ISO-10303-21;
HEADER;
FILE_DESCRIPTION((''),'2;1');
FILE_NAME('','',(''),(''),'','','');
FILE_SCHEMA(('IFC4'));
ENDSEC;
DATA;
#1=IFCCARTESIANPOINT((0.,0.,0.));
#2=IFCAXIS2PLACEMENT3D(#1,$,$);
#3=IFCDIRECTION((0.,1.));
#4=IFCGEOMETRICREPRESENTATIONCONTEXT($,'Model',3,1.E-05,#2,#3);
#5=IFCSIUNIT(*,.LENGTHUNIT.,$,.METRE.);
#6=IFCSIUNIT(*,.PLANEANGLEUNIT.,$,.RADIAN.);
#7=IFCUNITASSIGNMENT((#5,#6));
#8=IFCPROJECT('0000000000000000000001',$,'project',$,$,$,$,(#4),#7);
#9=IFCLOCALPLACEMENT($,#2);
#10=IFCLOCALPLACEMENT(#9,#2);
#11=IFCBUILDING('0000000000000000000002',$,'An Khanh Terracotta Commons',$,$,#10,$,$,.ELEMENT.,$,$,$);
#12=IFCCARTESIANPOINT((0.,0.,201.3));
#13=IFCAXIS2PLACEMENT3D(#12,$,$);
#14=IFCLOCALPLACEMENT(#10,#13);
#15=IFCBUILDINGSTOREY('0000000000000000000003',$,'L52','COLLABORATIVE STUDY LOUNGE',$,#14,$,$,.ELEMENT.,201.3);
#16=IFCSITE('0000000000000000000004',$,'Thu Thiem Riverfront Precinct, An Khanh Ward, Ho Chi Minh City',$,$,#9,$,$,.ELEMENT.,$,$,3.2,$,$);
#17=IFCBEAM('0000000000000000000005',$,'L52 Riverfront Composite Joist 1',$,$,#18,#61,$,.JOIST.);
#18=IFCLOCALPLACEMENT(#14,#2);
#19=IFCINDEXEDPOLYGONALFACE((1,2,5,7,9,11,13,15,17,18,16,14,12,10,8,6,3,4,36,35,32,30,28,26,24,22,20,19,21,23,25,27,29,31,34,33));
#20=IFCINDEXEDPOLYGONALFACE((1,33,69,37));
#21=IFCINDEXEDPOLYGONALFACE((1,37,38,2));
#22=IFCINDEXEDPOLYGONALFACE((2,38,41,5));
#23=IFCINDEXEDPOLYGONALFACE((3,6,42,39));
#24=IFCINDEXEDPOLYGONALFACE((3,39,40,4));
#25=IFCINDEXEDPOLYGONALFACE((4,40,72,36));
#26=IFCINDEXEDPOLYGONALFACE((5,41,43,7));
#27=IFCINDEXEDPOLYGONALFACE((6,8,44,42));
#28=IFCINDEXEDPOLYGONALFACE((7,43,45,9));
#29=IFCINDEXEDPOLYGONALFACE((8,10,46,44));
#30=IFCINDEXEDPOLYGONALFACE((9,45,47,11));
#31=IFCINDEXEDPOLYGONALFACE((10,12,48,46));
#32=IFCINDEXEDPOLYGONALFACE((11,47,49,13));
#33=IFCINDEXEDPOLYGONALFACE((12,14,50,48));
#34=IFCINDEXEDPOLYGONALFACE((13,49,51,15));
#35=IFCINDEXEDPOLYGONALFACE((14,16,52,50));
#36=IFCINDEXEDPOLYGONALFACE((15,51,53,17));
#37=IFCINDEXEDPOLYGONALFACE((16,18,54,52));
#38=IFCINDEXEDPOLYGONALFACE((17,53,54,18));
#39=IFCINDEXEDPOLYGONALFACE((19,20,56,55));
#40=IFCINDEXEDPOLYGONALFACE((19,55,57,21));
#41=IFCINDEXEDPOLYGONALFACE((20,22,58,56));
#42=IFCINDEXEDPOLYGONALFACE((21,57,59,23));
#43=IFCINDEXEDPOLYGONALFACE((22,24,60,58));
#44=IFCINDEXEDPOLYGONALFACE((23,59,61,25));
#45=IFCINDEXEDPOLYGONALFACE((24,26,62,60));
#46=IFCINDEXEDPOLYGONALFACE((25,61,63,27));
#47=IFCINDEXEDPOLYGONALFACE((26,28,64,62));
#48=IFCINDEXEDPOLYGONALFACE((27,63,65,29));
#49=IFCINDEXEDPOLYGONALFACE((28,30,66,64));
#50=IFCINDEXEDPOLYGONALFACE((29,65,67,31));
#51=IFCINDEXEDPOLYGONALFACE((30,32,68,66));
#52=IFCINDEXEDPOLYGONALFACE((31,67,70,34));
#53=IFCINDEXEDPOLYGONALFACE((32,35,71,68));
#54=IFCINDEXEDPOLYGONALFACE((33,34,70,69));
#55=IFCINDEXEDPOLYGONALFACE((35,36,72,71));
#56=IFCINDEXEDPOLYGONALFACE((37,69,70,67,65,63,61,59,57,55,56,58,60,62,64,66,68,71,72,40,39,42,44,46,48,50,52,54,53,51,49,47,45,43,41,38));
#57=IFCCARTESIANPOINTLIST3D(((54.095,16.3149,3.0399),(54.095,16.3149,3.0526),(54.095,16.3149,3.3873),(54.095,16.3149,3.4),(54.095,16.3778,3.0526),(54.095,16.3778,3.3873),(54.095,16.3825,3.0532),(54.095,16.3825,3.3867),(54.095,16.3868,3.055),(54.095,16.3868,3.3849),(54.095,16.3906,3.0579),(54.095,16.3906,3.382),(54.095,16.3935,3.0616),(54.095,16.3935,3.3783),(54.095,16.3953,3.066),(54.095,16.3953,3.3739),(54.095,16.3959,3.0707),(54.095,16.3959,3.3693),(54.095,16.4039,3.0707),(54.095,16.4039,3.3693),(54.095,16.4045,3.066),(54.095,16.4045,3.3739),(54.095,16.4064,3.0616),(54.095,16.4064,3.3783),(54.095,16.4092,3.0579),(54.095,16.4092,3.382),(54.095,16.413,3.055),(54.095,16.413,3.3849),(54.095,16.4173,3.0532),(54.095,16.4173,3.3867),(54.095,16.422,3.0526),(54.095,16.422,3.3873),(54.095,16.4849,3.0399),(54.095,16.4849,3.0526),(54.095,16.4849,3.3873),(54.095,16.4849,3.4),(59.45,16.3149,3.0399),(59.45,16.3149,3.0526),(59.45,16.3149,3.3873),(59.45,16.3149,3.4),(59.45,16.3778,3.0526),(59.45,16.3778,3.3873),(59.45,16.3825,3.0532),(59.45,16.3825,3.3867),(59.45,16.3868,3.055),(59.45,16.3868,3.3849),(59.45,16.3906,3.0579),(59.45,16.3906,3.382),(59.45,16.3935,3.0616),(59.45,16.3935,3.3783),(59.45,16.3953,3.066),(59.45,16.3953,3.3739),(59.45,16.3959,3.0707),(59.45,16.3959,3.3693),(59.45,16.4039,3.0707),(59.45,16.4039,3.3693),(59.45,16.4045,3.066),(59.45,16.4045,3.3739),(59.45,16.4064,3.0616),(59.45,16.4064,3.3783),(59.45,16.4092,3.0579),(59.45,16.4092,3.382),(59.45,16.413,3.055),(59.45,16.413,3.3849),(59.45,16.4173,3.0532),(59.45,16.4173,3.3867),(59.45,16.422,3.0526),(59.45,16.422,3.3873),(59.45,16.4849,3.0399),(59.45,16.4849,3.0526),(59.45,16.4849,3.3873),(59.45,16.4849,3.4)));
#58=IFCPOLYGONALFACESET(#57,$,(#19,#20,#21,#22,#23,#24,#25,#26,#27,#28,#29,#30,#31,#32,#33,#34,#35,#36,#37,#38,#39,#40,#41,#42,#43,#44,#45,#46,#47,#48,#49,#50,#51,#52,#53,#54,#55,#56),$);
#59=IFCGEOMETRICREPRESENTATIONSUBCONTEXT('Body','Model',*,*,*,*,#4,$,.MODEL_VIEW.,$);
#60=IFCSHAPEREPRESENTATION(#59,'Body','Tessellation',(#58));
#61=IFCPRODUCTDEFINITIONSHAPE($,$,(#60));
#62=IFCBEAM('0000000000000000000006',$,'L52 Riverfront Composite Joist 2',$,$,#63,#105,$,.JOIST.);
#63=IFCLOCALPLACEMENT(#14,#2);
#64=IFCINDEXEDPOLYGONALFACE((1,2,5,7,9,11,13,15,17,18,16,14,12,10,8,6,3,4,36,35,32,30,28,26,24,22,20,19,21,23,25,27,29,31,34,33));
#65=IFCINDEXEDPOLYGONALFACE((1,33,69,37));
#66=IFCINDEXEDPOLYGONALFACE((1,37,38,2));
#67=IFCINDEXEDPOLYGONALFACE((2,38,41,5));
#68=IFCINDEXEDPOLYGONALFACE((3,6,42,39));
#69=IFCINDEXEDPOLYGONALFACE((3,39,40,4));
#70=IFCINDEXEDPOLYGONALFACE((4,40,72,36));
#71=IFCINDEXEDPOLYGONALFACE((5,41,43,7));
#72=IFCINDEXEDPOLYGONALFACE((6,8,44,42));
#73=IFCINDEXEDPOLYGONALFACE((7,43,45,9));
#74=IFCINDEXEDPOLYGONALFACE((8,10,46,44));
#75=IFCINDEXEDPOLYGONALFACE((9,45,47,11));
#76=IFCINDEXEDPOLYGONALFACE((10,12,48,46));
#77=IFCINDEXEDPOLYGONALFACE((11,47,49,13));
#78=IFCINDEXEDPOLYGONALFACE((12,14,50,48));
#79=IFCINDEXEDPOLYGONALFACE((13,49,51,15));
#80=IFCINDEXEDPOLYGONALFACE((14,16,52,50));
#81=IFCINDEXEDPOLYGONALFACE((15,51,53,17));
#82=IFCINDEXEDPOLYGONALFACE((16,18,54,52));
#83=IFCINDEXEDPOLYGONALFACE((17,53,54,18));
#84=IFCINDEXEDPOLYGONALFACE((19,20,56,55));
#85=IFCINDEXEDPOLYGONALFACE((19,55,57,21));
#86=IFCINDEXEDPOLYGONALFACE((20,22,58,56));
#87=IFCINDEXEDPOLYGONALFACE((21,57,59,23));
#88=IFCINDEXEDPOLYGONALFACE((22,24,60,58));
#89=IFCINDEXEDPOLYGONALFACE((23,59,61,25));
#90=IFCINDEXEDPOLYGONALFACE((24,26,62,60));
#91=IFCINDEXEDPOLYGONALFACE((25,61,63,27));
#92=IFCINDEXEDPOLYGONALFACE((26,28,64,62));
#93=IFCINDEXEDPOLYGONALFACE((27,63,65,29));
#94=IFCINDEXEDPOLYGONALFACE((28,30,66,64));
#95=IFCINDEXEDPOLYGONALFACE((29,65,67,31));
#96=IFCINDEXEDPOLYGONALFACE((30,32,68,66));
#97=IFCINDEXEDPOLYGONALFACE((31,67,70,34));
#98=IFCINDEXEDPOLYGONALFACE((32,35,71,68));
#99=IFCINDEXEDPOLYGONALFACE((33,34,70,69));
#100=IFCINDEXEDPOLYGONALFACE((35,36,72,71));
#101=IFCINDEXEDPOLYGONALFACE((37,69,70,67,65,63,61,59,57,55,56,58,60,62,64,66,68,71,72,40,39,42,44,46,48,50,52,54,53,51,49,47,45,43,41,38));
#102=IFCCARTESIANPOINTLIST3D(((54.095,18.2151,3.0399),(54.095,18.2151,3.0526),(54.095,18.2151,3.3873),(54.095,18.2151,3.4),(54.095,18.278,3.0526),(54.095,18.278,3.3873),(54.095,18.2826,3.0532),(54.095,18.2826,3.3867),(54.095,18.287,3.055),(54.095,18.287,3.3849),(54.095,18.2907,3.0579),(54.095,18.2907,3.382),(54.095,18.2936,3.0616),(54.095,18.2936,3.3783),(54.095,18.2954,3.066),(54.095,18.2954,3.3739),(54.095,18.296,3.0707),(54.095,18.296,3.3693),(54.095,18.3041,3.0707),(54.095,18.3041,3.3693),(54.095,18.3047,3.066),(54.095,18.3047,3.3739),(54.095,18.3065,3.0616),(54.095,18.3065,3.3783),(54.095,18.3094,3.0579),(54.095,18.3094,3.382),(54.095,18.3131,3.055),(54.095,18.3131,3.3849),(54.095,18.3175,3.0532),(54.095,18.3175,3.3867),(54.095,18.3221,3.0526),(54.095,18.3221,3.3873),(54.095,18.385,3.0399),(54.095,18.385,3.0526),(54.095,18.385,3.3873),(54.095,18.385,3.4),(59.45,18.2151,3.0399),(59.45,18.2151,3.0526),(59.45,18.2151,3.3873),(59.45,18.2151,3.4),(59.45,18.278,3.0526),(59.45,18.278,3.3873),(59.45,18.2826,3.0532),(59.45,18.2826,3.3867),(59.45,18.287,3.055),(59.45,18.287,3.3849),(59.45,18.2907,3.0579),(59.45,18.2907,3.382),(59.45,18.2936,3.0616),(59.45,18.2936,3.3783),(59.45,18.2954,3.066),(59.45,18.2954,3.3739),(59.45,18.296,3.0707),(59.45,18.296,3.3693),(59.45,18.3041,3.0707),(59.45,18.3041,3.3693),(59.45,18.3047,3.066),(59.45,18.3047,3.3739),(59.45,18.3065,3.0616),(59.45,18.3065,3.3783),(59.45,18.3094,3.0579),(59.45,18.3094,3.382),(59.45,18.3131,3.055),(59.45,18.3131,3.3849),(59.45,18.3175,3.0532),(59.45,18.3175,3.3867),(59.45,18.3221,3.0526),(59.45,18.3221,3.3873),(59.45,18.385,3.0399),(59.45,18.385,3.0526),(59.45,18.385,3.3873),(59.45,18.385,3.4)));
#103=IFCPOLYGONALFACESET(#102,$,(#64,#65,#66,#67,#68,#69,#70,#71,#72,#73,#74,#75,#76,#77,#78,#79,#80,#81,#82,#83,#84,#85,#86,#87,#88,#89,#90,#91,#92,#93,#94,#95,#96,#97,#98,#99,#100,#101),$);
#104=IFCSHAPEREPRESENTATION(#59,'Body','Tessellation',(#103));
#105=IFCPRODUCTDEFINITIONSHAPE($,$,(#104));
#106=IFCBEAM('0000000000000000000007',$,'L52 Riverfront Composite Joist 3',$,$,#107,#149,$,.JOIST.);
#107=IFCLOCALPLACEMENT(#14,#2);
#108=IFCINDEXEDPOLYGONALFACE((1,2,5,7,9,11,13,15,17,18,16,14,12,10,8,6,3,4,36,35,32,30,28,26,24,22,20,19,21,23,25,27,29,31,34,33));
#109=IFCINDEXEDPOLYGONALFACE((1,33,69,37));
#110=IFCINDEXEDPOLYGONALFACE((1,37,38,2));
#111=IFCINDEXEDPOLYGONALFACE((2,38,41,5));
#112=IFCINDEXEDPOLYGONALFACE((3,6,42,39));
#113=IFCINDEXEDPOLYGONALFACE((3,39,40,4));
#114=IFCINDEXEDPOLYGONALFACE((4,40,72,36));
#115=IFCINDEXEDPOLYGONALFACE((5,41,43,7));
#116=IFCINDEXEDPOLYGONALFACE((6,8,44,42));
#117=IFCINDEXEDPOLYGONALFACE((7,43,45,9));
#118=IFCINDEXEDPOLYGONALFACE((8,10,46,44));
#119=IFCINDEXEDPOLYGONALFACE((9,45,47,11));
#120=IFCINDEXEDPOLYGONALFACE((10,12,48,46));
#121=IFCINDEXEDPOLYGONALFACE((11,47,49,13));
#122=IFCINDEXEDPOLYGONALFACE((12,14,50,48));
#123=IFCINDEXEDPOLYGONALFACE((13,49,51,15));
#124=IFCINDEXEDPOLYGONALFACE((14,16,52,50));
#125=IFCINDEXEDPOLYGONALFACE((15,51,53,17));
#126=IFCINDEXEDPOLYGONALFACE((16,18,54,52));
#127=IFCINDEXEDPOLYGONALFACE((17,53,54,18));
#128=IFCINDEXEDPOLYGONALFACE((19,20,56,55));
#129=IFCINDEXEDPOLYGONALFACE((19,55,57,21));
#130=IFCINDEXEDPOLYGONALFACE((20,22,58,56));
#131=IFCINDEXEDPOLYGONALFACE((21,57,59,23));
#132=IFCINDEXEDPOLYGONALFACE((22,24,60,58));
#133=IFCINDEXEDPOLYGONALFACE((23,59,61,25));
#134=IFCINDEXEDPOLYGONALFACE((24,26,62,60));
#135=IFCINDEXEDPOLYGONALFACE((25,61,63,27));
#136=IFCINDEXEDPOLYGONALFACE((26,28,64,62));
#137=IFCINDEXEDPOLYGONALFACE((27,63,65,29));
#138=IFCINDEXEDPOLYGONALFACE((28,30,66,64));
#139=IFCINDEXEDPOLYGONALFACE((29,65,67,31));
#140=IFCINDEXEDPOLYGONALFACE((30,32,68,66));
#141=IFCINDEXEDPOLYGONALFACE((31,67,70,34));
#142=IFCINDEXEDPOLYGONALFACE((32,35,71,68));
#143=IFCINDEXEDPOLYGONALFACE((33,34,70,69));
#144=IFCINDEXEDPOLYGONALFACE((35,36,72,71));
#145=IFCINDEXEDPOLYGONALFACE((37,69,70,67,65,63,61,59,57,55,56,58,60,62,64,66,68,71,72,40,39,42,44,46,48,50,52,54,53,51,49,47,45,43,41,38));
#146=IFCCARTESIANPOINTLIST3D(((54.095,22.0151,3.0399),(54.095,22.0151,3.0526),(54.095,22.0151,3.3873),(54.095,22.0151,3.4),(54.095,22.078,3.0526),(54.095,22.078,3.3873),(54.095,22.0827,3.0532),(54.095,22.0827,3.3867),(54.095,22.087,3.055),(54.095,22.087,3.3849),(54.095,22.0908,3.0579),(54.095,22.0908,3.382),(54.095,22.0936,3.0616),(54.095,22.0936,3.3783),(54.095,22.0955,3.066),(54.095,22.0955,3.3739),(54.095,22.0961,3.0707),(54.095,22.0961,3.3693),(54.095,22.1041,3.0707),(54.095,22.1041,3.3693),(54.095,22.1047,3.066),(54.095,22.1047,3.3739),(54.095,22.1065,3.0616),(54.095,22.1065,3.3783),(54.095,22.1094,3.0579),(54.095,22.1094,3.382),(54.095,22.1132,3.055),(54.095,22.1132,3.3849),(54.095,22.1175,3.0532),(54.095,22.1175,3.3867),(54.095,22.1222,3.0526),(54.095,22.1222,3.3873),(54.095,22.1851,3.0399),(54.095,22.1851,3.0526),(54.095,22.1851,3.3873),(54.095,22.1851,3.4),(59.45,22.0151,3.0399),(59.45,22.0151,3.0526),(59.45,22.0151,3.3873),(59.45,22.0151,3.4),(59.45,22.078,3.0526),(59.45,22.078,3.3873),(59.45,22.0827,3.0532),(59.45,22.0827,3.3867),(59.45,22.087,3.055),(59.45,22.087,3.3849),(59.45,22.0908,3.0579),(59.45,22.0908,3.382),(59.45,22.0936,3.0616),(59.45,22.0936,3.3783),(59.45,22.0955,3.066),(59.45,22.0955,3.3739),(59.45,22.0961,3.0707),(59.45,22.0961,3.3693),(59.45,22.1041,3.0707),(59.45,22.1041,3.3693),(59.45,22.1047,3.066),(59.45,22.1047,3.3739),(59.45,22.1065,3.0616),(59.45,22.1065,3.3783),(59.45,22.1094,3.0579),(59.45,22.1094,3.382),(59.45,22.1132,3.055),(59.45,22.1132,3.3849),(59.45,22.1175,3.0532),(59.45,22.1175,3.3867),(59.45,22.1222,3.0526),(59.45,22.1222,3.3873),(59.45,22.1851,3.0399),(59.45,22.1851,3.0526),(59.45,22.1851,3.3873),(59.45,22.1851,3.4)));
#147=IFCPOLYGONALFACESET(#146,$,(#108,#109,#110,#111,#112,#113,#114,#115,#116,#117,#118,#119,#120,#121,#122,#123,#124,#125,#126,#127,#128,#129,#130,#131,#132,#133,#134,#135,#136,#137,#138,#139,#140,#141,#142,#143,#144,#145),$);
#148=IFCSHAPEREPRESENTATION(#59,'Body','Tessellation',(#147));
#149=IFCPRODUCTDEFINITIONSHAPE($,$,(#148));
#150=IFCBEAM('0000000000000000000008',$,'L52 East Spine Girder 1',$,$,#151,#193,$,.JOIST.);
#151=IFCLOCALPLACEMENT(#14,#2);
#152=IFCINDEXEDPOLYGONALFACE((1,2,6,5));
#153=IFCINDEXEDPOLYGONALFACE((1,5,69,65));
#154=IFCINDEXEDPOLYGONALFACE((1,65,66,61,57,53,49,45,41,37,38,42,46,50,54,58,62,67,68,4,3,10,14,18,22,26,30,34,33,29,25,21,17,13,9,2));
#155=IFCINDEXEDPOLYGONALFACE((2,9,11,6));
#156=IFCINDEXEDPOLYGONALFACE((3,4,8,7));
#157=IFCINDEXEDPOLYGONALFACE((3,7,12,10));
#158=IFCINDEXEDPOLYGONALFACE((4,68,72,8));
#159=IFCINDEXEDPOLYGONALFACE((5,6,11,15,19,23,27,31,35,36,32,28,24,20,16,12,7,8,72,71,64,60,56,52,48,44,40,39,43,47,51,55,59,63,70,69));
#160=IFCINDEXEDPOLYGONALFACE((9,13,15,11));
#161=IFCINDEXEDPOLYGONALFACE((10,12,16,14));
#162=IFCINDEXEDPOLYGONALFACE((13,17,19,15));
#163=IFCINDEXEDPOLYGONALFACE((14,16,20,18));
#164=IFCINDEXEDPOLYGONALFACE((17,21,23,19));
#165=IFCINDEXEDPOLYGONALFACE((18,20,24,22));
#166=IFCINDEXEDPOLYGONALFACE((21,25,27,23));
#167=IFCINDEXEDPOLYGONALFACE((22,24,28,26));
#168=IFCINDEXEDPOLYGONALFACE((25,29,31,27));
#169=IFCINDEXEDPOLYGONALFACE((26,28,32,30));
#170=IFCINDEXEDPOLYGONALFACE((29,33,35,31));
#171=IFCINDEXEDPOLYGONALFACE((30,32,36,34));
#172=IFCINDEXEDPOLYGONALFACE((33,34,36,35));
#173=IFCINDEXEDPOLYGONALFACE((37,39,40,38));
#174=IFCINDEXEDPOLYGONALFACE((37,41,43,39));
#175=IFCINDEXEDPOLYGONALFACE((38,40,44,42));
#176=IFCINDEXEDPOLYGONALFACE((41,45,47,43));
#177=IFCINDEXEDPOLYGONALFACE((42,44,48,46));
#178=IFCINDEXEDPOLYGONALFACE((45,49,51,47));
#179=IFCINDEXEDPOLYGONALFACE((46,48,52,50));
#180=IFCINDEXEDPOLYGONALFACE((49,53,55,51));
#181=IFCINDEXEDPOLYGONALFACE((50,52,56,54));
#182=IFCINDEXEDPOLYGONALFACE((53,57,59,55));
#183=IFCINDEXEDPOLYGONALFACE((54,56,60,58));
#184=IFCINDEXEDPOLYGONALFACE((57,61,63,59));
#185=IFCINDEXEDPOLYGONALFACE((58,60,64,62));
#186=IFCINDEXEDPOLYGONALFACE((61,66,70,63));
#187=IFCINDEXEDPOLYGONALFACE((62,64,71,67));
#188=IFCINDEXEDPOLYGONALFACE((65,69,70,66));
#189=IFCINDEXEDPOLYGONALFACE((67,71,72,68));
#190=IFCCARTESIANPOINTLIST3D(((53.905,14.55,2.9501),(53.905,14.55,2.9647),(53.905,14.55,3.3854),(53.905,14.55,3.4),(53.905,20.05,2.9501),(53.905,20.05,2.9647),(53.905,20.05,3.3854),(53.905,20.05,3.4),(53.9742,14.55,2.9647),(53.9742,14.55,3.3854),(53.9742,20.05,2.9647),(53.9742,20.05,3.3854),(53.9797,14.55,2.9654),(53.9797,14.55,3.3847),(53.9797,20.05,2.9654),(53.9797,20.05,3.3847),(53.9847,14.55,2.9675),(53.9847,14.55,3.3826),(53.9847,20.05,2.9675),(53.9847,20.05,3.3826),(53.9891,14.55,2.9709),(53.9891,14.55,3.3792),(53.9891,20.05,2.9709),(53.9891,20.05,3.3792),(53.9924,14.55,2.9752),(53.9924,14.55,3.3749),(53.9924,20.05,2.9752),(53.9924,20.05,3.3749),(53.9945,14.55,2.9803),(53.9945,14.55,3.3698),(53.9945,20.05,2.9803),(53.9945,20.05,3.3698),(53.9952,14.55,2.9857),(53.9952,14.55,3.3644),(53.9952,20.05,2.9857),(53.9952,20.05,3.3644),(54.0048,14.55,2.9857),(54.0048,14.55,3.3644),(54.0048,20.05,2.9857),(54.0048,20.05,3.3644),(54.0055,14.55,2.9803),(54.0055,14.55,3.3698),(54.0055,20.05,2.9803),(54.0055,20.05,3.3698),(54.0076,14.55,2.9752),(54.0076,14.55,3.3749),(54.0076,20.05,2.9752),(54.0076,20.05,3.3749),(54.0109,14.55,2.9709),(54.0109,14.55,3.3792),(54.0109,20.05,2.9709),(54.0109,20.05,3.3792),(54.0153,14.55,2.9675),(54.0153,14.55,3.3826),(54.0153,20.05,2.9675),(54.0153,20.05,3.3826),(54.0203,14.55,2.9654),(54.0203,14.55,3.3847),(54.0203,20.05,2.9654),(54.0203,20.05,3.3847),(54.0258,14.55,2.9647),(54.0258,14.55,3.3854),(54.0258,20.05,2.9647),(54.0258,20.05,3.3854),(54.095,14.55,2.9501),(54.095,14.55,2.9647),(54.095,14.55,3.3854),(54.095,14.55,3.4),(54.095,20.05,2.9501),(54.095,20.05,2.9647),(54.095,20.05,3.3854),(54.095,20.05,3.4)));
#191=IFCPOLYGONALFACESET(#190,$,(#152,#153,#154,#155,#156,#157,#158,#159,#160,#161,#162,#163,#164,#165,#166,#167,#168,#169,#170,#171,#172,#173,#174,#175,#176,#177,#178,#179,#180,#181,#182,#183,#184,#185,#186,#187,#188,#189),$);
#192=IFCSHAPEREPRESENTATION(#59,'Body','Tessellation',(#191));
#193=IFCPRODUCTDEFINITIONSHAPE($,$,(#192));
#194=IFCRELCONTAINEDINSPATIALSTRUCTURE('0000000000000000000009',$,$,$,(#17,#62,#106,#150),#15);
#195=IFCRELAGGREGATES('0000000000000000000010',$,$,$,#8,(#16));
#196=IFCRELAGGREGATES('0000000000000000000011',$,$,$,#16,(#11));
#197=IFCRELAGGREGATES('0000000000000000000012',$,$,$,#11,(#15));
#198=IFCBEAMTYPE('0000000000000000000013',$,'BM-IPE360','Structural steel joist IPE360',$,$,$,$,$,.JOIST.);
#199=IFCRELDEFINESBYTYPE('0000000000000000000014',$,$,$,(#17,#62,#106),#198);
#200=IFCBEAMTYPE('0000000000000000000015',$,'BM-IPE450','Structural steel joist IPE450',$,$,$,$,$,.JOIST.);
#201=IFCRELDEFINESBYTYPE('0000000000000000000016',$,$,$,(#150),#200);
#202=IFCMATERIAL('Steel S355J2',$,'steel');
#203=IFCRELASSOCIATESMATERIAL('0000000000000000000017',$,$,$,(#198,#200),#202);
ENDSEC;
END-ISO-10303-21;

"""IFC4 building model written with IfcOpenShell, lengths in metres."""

from ifc_helpers import new_model, si_unit, direction, frame, origin, origin_2d, place, context, subcontext, project, spatial, i_section, extrude, material, material_profile, profile_set, type_object, element, save


model = new_model("IFC4")

# Units and contexts
model_context = context("Model", 3, precision=1e-05, world=origin(), true_north=direction((0.0, 1.0)))
body_context = subcontext(model_context, "Body", "Model", "MODEL_VIEW")
ifc_project = project(units=[si_unit("LENGTHUNIT", "METRE"), si_unit("PLANEANGLEUNIT", "RADIAN")], contexts=[model_context])

# Site, building, storey
site_placement = place(None, origin())
site = spatial("IfcSite", under=ifc_project, at=site_placement, Name="Thu Thiem Riverfront Precinct, An Khanh Ward, Ho Chi Minh City", CompositionType="ELEMENT", RefElevation=3.2)
building_placement = place(site_placement, origin())
building = spatial("IfcBuilding", under=site, at=building_placement, Name="An Khanh Terracotta Commons", CompositionType="ELEMENT")
storey_placement = place(building_placement, frame((0.0, 0.0, 201.3)))
storey = spatial("IfcBuildingStorey", under=building, at=storey_placement, Name="L52", Description="COLLABORATIVE STUDY LOUNGE", CompositionType="ELEMENT", Elevation=201.3)

# Beams
ifc_material_1 = material(Name="Steel S355J2", Category="steel")
ifc_material_profile_1 = material_profile(ifc_material_1, i_section(OverallWidth=0.1699, OverallDepth=0.3601, WebThickness=0.0081, FlangeThickness=0.0127, FilletRadius=0.0181, at=origin_2d()), Name="IPE360")
ifc_profile_set_1 = profile_set([ifc_material_profile_1], Name="Steel S355J2")
beam_type_1 = type_object("IfcBeamType", Name="BM-IPE360", Description="Structural steel joist IPE360", PredefinedType="JOIST", material=ifc_profile_set_1)
for number, where, z_axis, x_axis, name in (
    (1, (54.095, 16.3999, 3.22), (1.0, 0.0, 0.0), (0.0, 1.0, 0.0), "L52 Riverfront Composite Joist 1"),
    (2, (54.095, 18.3, 3.22), (1.0, 0.0, 0.0), (0.0, 1.0, 0.0), "L52 Riverfront Composite Joist 2"),
    (3, (54.095, 22.1001, 3.22), (1.0, 0.0, 0.0), (0.0, 1.0, 0.0), "L52 Riverfront Composite Joist 3"),
):
    element("IfcBeam", number, at=place(storey_placement, frame(where, z_axis=z_axis, x_axis=x_axis)), inside=storey, type_object=beam_type_1, Name=name, PredefinedType="JOIST", context=body_context, shape_type="SweptSolid", body=[
        extrude(i_section(OverallWidth=0.1699, OverallDepth=0.3601, WebThickness=0.0081, FlangeThickness=0.0127, FilletRadius=0.0181, at=origin_2d()), origin(), (0.0, 0.0, 1.0), 5.355),
    ])
ifc_material_profile_2 = material_profile(ifc_material_1, i_section(OverallWidth=0.1899, OverallDepth=0.45, WebThickness=0.0095, FlangeThickness=0.0146, FilletRadius=0.021, at=origin_2d()), Name="IPE450")
ifc_profile_set_2 = profile_set([ifc_material_profile_2], Name="Steel S355J2")
beam_type_2 = type_object("IfcBeamType", Name="BM-IPE450", Description="Structural steel joist IPE450", PredefinedType="JOIST", material=ifc_profile_set_2)
beam_1_placement = place(storey_placement, frame((54.0, 14.55, 3.175), z_axis=(0.0, 1.0, 0.0), x_axis=(-1.0, 0.0, 0.0)))
element("IfcBeam", 4, at=beam_1_placement, inside=storey, type_object=beam_type_2, Name="L52 East Spine Girder 1", PredefinedType="JOIST", context=body_context, shape_type="SweptSolid", body=[
    extrude(i_section(OverallWidth=0.1899, OverallDepth=0.45, WebThickness=0.0095, FlangeThickness=0.0146, FilletRadius=0.021, at=origin_2d()), origin(), (0.0, 0.0, 1.0), 5.5),
])

save(model, "model.ifc")
